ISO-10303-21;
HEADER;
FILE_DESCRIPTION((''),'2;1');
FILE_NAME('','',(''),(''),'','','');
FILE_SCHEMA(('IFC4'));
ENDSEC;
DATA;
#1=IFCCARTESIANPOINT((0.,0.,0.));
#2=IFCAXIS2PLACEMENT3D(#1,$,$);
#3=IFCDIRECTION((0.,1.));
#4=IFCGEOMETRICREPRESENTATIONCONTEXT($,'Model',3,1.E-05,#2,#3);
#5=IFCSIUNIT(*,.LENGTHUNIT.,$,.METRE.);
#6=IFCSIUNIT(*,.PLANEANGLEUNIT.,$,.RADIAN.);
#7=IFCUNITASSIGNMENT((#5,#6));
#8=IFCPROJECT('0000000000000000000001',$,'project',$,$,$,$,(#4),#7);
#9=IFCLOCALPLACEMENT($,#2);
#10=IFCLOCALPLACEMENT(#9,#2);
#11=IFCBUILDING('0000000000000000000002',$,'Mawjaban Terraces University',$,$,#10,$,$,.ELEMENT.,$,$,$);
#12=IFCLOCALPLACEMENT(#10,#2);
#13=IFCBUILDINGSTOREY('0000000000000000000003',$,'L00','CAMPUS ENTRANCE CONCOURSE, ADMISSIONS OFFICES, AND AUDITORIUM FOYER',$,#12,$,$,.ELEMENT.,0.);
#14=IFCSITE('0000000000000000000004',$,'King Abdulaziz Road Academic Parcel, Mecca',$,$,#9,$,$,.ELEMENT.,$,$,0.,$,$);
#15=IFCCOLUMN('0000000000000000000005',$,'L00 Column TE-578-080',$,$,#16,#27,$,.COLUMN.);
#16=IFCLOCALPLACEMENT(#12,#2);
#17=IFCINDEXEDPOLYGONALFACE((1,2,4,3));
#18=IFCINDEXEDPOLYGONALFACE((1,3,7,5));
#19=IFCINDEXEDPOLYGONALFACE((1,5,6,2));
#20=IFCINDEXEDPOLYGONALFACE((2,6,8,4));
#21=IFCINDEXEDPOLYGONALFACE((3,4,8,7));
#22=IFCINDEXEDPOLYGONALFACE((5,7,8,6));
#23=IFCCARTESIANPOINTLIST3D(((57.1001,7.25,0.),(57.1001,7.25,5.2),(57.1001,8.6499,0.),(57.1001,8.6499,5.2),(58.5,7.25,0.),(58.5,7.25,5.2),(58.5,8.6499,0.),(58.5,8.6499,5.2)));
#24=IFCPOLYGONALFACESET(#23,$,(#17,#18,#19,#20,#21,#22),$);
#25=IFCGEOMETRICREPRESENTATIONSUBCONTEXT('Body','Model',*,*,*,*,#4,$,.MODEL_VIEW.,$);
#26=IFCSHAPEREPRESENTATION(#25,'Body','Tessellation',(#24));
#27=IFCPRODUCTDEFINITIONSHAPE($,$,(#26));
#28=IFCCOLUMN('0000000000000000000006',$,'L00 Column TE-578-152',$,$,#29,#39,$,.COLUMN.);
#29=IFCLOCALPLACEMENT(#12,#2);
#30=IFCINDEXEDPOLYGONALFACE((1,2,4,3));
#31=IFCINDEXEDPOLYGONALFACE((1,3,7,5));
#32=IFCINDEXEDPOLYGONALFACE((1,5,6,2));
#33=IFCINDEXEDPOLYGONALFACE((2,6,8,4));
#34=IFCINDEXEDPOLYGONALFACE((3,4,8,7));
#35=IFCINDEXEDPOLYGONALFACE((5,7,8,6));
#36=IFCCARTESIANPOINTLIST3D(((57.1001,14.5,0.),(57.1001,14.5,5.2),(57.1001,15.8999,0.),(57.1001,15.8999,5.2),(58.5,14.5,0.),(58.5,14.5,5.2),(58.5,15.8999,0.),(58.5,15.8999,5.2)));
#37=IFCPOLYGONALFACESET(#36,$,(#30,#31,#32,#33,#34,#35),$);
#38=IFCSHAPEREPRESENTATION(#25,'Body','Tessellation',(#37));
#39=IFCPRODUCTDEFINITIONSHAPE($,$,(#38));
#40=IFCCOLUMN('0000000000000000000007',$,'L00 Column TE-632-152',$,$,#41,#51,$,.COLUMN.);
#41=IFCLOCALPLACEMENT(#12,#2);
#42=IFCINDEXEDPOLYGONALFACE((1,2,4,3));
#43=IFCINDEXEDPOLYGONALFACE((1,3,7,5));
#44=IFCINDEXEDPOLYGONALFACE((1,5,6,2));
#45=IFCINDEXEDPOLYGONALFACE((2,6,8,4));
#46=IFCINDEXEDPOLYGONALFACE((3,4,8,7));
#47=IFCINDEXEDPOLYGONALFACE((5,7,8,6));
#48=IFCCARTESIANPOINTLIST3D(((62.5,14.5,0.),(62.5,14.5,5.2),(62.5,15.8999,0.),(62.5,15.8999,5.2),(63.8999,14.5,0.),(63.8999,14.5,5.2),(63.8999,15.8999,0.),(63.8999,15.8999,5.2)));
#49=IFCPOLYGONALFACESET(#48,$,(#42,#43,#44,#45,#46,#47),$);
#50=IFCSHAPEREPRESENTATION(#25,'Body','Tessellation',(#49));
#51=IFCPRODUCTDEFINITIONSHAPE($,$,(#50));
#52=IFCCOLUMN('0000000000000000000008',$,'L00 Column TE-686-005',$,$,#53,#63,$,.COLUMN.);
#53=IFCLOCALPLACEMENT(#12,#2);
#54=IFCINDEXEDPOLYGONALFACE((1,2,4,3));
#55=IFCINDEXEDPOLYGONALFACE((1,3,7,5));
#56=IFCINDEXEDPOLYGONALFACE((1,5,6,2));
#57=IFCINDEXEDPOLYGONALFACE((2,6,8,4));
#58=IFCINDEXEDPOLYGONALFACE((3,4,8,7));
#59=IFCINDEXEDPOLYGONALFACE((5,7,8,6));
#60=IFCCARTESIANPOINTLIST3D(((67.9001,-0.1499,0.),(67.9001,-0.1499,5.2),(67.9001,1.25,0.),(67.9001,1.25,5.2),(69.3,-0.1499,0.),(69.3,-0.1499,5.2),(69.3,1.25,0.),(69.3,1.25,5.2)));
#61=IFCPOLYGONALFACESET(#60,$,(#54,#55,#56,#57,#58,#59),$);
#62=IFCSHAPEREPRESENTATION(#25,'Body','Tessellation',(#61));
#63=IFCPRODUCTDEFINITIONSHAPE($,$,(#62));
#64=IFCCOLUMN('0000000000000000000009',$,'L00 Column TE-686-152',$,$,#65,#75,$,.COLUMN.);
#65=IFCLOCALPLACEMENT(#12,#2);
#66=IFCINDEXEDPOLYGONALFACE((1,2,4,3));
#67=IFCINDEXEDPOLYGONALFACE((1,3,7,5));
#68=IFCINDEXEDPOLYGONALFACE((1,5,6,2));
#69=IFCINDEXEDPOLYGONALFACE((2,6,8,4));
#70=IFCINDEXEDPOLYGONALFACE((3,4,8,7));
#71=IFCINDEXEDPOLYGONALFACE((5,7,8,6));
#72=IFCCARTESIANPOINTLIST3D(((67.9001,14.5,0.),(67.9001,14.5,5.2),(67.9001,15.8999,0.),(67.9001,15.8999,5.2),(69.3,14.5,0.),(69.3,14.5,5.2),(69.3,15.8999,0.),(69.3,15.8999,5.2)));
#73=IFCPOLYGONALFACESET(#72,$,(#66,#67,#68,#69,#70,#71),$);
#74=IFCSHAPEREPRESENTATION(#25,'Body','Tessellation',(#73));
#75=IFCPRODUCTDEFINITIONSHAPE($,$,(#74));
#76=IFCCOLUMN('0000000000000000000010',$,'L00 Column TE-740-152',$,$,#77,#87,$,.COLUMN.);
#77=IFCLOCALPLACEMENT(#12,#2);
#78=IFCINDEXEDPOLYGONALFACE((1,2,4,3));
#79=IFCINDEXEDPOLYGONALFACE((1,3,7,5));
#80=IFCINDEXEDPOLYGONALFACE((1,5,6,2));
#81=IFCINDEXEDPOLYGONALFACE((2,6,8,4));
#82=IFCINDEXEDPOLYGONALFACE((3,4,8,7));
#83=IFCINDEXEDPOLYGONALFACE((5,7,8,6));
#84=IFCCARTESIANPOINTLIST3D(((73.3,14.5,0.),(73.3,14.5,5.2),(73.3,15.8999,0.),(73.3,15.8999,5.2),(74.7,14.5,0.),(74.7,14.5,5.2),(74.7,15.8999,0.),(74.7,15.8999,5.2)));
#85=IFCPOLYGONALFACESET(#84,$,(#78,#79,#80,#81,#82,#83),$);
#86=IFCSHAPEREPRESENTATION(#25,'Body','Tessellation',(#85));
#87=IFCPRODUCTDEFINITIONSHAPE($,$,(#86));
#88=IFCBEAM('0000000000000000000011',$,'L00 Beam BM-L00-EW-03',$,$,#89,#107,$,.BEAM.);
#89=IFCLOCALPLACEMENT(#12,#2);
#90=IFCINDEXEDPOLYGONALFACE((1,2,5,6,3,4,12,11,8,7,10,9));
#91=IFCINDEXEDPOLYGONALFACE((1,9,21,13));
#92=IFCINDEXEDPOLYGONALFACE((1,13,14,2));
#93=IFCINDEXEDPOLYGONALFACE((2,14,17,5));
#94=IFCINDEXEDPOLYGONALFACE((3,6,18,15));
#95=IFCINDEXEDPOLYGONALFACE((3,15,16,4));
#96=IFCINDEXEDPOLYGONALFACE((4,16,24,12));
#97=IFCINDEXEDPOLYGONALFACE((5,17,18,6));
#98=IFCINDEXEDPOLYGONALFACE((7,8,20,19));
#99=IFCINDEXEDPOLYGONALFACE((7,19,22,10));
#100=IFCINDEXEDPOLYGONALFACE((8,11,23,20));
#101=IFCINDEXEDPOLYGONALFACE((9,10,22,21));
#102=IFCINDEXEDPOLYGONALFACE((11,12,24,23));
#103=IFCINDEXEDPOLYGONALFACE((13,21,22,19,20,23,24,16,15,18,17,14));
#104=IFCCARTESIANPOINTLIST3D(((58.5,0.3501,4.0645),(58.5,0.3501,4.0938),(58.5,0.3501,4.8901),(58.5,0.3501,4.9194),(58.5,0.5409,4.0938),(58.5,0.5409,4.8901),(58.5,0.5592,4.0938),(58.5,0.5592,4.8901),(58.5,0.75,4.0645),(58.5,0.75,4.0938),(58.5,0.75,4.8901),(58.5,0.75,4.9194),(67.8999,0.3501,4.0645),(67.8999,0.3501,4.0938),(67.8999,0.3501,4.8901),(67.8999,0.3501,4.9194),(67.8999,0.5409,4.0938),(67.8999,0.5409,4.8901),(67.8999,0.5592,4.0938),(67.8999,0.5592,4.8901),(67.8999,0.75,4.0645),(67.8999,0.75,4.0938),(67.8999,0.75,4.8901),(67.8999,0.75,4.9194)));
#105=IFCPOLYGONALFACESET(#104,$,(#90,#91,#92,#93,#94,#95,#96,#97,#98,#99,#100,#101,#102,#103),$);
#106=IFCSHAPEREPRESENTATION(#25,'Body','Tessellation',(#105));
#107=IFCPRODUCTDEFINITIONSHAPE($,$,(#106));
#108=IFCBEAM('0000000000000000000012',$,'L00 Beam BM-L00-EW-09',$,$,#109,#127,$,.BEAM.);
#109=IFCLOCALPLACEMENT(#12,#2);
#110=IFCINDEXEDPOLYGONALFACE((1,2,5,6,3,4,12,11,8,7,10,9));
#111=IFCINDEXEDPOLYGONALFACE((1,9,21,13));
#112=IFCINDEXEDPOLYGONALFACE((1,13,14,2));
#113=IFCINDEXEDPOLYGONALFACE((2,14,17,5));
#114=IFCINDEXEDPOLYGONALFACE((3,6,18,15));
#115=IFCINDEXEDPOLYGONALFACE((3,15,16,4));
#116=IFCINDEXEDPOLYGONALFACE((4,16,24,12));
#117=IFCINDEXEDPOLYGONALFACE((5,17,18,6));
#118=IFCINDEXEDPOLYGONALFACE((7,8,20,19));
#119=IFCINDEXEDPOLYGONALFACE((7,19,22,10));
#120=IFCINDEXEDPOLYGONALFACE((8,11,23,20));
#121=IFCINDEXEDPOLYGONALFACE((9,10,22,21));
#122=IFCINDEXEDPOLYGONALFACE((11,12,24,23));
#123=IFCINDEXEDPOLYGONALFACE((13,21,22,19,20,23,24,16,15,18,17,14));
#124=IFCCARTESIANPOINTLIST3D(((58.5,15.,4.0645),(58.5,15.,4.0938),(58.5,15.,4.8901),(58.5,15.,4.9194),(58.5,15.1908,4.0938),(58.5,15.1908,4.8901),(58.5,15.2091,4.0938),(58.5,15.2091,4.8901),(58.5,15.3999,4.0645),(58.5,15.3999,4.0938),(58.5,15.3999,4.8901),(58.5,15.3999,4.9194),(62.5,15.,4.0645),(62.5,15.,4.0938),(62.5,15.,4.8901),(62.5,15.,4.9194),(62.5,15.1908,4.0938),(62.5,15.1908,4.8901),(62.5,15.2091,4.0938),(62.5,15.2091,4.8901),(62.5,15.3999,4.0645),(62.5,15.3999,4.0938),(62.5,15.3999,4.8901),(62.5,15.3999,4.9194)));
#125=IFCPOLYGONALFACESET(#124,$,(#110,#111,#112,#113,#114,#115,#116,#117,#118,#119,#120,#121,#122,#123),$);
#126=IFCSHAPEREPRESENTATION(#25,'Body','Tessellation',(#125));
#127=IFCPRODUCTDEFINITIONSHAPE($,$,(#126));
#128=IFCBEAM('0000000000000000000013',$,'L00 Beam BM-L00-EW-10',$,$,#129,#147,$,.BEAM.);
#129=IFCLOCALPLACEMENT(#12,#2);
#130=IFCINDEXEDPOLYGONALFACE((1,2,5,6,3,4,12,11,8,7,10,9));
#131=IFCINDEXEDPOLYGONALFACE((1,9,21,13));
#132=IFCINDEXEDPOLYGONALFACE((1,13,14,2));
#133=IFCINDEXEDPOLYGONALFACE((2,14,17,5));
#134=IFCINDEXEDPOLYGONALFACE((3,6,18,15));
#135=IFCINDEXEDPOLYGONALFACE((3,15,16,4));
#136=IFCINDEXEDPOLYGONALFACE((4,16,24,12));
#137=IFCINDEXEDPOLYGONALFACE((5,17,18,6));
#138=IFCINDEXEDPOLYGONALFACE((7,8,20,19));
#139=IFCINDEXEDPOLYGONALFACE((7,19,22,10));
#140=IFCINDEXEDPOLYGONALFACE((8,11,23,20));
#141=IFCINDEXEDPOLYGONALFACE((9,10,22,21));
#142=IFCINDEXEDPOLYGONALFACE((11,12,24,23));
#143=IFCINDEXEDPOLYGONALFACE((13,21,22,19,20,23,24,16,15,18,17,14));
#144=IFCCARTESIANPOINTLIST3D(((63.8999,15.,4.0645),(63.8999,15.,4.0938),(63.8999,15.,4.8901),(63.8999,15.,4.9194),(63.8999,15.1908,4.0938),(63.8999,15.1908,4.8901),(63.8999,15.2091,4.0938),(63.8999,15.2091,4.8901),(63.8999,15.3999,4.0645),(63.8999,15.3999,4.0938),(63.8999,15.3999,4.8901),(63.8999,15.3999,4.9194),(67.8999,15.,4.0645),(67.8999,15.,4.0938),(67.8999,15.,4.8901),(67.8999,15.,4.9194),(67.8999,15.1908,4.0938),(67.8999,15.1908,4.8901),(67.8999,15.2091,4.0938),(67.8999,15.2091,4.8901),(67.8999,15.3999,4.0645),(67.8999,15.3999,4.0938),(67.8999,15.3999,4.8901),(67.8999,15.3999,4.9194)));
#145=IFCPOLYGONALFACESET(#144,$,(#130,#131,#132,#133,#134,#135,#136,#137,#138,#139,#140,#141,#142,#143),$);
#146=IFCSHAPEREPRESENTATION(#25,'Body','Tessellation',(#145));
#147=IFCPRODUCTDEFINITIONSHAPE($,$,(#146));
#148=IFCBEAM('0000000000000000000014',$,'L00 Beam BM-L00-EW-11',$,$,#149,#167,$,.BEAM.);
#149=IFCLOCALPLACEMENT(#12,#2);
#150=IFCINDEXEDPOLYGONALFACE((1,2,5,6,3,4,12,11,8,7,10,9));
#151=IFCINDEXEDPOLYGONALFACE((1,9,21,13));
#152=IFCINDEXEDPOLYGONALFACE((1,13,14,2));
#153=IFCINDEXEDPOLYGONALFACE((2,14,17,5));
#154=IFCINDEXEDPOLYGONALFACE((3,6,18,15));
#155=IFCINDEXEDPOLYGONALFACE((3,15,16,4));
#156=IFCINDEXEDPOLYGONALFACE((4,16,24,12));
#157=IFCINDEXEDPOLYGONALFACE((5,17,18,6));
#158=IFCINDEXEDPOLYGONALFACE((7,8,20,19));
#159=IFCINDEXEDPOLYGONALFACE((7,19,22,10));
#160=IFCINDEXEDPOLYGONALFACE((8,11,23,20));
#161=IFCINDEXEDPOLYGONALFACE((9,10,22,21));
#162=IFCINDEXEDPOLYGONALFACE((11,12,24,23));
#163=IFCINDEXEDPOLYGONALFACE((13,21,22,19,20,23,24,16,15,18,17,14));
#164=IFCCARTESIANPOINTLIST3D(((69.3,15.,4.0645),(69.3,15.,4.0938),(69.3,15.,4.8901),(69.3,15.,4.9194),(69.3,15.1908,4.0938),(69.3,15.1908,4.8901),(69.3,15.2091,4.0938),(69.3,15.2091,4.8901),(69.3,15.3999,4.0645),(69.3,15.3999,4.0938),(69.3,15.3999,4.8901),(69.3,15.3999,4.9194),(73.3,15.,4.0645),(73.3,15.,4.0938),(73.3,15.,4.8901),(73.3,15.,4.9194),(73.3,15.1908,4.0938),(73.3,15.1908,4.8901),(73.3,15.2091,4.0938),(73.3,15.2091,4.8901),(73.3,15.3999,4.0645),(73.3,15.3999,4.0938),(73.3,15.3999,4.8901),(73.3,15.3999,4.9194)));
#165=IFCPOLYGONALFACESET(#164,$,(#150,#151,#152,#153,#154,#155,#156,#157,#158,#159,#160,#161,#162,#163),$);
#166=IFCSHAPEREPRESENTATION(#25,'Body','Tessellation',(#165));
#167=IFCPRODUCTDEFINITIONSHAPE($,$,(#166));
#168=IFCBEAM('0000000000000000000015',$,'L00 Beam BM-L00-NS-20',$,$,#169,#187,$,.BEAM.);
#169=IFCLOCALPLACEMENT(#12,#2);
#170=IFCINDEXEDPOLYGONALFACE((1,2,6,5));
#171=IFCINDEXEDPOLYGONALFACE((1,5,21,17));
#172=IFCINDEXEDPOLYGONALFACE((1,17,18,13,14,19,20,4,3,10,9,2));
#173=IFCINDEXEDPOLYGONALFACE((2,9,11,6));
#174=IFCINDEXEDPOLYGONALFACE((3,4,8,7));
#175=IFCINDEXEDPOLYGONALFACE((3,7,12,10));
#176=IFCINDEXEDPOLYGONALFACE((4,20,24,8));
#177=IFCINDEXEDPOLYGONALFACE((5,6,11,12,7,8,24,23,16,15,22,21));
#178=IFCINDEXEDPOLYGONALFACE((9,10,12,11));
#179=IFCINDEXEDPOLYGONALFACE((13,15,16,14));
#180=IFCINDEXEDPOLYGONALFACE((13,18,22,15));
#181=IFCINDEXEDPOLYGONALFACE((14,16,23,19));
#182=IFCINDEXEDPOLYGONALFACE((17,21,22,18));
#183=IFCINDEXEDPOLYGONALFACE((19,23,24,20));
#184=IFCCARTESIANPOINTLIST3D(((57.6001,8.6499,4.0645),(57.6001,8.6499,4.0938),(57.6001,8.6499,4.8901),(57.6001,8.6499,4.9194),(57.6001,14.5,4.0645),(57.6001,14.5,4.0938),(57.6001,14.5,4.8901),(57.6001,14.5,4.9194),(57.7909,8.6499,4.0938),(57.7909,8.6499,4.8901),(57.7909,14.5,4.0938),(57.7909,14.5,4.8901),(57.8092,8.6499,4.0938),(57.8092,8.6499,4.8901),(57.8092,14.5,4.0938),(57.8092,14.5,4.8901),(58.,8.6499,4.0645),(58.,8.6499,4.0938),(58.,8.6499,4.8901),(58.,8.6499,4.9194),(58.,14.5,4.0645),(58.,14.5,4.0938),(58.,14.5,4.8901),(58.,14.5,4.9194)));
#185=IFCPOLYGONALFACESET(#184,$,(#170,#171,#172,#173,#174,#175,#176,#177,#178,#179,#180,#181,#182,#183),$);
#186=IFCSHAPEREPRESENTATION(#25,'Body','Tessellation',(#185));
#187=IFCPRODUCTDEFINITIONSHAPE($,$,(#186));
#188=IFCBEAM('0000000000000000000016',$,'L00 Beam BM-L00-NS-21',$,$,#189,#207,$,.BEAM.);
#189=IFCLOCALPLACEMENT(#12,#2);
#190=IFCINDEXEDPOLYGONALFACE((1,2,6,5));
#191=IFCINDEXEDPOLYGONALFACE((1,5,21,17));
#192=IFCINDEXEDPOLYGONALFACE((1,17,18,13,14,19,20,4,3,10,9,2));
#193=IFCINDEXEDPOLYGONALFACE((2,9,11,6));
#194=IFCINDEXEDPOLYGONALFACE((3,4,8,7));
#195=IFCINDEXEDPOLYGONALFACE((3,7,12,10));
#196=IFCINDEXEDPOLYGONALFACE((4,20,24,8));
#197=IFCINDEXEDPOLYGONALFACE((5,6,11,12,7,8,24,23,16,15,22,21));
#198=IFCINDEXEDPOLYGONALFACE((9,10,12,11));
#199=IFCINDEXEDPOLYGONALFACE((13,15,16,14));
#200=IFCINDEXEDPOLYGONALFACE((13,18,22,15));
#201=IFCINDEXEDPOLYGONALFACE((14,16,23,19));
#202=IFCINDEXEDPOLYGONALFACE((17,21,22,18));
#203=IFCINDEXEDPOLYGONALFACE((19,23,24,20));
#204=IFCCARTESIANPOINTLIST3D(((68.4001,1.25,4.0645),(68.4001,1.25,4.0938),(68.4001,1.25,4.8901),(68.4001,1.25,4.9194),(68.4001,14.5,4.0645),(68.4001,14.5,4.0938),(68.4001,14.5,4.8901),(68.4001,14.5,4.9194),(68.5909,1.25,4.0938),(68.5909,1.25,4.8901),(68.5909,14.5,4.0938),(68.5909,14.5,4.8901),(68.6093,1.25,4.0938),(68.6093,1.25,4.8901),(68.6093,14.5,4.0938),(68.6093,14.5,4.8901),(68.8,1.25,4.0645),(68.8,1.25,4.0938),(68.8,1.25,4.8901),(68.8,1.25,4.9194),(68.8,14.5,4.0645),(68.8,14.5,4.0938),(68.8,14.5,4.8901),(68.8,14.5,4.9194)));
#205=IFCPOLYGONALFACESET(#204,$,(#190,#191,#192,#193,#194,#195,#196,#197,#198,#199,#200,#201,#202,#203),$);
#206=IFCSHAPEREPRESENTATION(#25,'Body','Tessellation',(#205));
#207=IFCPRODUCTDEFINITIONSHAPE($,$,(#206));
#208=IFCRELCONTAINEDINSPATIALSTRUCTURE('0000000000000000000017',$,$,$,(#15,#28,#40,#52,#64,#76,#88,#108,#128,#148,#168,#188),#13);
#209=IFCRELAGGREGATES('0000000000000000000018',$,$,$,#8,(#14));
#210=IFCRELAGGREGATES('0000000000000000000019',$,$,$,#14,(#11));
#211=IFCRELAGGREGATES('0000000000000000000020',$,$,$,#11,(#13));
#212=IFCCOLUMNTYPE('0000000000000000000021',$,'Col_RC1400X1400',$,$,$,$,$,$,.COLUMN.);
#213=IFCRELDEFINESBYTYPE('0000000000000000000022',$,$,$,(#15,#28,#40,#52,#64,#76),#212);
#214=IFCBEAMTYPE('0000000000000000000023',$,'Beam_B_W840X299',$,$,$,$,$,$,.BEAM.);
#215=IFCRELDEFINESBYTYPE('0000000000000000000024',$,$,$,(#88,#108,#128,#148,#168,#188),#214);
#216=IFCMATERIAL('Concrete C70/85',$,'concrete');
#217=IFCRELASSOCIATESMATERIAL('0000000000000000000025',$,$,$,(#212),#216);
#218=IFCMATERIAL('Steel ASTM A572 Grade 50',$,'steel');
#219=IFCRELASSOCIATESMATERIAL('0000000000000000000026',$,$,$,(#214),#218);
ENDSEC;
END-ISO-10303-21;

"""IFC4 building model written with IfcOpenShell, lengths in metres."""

from ifc_helpers import new_model, si_unit, direction, frame, origin, origin_2d, place, context, subcontext, project, spatial, rectangle, i_section, extrude, material, material_profile, profile_set, type_object, element, save


model = new_model("IFC4")

# Units and contexts
model_context = context("Model", 3, precision=1e-05, world=origin(), true_north=direction((0.0, 1.0)))
body_context = subcontext(model_context, "Body", "Model", "MODEL_VIEW")
ifc_project = project(units=[si_unit("LENGTHUNIT", "METRE"), si_unit("PLANEANGLEUNIT", "RADIAN")], contexts=[model_context])

# Site, building, storey
site_placement = place(None, origin())
site = spatial("IfcSite", under=ifc_project, at=site_placement, Name="King Abdulaziz Road Academic Parcel, Mecca", CompositionType="ELEMENT", RefElevation=0.0)
building_placement = place(site_placement, origin())
building = spatial("IfcBuilding", under=site, at=building_placement, Name="Mawjaban Terraces University", CompositionType="ELEMENT")
storey_placement = place(building_placement, origin())
storey = spatial("IfcBuildingStorey", under=building, at=storey_placement, Name="L00", Description="CAMPUS ENTRANCE CONCOURSE, ADMISSIONS OFFICES, AND AUDITORIUM FOYER", CompositionType="ELEMENT", Elevation=0.0)

# Columns
ifc_material_1 = material(Name="Concrete C70/85", Category="concrete")
ifc_material_profile_1 = material_profile(ifc_material_1, rectangle(XDim=1.3999, YDim=1.3999, at=origin_2d()), Name="RC1400X1400")
ifc_profile_set_1 = profile_set([ifc_material_profile_1], Name="Concrete C70/85")
column_type = type_object("IfcColumnType", Name="Col_RC1400X1400", PredefinedType="COLUMN", material=ifc_profile_set_1)
for number, where, z_axis, x_axis, name in (
    (1, (57.8, 7.95, 0.0), (0.0, 0.0, 1.0), (1.0, 0.0, 0.0), "L00 Column TE-578-080"),
    (2, (57.8, 15.2, 0.0), (0.0, 0.0, 1.0), (1.0, 0.0, 0.0), "L00 Column TE-578-152"),
    (3, (63.2, 15.2, 0.0), (0.0, 0.0, 1.0), (1.0, 0.0, 0.0), "L00 Column TE-632-152"),
    (4, (68.6001, 0.55, 0.0), (0.0, 0.0, 1.0), (1.0, 0.0, 0.0), "L00 Column TE-686-005"),
    (5, (68.6001, 15.2, 0.0), (0.0, 0.0, 1.0), (1.0, 0.0, 0.0), "L00 Column TE-686-152"),
    (6, (74.0, 15.2, 0.0), (0.0, 0.0, 1.0), (1.0, 0.0, 0.0), "L00 Column TE-740-152"),
):
    element("IfcColumn", number, at=place(storey_placement, frame(where, z_axis=z_axis, x_axis=x_axis)), inside=storey, type_object=column_type, Name=name, PredefinedType="COLUMN", context=body_context, shape_type="SweptSolid", body=[
        extrude(rectangle(XDim=1.3999, YDim=1.3999, at=origin_2d()), origin(), (0.0, 0.0, 1.0), 5.2),
    ])

# Beams
ifc_material_2 = material(Name="Steel ASTM A572 Grade 50", Category="steel")
ifc_material_profile_2 = material_profile(ifc_material_2, i_section(OverallWidth=0.3999, OverallDepth=0.855, WebThickness=0.0183, FlangeThickness=0.0293, at=origin_2d()), Name="W840X299")
ifc_profile_set_2 = profile_set([ifc_material_profile_2], Name="Steel ASTM A572 Grade 50")
beam_type_1 = type_object("IfcBeamType", Name="Beam_B_W840X299", PredefinedType="BEAM", material=ifc_profile_set_2)
beam_1_placement = place(storey_placement, frame((58.5, 0.55, 4.4919), z_axis=(1.0, 0.0, 0.0), x_axis=(0.0, 1.0, 0.0)))
element("IfcBeam", 7, at=beam_1_placement, inside=storey, type_object=beam_type_1, Name="L00 Beam BM-L00-EW-03", PredefinedType="BEAM", context=body_context, shape_type="SweptSolid", body=[
    extrude(i_section(OverallWidth=0.3999, OverallDepth=0.855, WebThickness=0.0183, FlangeThickness=0.0293, at=origin_2d()), origin(), (0.0, 0.0, 1.0), 9.3999),
])
for number, where, z_axis, x_axis, name in (
    (8, (58.5, 15.2, 4.4919), (1.0, 0.0, 0.0), (0.0, 1.0, 0.0), "L00 Beam BM-L00-EW-09"),
    (9, (63.8999, 15.2, 4.4919), (1.0, 0.0, 0.0), (0.0, 1.0, 0.0), "L00 Beam BM-L00-EW-10"),
    (10, (69.3, 15.2, 4.4919), (1.0, 0.0, 0.0), (0.0, 1.0, 0.0), "L00 Beam BM-L00-EW-11"),
):
    element("IfcBeam", number, at=place(storey_placement, frame(where, z_axis=z_axis, x_axis=x_axis)), inside=storey, type_object=beam_type_1, Name=name, PredefinedType="BEAM", context=body_context, shape_type="SweptSolid", body=[
        extrude(i_section(OverallWidth=0.3999, OverallDepth=0.855, WebThickness=0.0183, FlangeThickness=0.0293, at=origin_2d()), origin(), (0.0, 0.0, 1.0), 4.0),
    ])
beam_2_placement = place(storey_placement, frame((57.8, 8.6499, 4.4919), z_axis=(0.0, 1.0, 0.0), x_axis=(-1.0, 0.0, 0.0)))
element("IfcBeam", 11, at=beam_2_placement, inside=storey, type_object=beam_type_1, Name="L00 Beam BM-L00-NS-20", PredefinedType="BEAM", context=body_context, shape_type="SweptSolid", body=[
    extrude(i_section(OverallWidth=0.3999, OverallDepth=0.855, WebThickness=0.0183, FlangeThickness=0.0293, at=origin_2d()), origin(), (0.0, 0.0, 1.0), 5.8501),
])
beam_3_placement = place(storey_placement, frame((68.6001, 1.25, 4.4919), z_axis=(0.0, 1.0, 0.0), x_axis=(-1.0, 0.0, 0.0)))
element("IfcBeam", 12, at=beam_3_placement, inside=storey, type_object=beam_type_1, Name="L00 Beam BM-L00-NS-21", PredefinedType="BEAM", context=body_context, shape_type="SweptSolid", body=[
    extrude(i_section(OverallWidth=0.3999, OverallDepth=0.855, WebThickness=0.0183, FlangeThickness=0.0293, at=origin_2d()), origin(), (0.0, 0.0, 1.0), 13.25),
])

save(model, "model.ifc")
